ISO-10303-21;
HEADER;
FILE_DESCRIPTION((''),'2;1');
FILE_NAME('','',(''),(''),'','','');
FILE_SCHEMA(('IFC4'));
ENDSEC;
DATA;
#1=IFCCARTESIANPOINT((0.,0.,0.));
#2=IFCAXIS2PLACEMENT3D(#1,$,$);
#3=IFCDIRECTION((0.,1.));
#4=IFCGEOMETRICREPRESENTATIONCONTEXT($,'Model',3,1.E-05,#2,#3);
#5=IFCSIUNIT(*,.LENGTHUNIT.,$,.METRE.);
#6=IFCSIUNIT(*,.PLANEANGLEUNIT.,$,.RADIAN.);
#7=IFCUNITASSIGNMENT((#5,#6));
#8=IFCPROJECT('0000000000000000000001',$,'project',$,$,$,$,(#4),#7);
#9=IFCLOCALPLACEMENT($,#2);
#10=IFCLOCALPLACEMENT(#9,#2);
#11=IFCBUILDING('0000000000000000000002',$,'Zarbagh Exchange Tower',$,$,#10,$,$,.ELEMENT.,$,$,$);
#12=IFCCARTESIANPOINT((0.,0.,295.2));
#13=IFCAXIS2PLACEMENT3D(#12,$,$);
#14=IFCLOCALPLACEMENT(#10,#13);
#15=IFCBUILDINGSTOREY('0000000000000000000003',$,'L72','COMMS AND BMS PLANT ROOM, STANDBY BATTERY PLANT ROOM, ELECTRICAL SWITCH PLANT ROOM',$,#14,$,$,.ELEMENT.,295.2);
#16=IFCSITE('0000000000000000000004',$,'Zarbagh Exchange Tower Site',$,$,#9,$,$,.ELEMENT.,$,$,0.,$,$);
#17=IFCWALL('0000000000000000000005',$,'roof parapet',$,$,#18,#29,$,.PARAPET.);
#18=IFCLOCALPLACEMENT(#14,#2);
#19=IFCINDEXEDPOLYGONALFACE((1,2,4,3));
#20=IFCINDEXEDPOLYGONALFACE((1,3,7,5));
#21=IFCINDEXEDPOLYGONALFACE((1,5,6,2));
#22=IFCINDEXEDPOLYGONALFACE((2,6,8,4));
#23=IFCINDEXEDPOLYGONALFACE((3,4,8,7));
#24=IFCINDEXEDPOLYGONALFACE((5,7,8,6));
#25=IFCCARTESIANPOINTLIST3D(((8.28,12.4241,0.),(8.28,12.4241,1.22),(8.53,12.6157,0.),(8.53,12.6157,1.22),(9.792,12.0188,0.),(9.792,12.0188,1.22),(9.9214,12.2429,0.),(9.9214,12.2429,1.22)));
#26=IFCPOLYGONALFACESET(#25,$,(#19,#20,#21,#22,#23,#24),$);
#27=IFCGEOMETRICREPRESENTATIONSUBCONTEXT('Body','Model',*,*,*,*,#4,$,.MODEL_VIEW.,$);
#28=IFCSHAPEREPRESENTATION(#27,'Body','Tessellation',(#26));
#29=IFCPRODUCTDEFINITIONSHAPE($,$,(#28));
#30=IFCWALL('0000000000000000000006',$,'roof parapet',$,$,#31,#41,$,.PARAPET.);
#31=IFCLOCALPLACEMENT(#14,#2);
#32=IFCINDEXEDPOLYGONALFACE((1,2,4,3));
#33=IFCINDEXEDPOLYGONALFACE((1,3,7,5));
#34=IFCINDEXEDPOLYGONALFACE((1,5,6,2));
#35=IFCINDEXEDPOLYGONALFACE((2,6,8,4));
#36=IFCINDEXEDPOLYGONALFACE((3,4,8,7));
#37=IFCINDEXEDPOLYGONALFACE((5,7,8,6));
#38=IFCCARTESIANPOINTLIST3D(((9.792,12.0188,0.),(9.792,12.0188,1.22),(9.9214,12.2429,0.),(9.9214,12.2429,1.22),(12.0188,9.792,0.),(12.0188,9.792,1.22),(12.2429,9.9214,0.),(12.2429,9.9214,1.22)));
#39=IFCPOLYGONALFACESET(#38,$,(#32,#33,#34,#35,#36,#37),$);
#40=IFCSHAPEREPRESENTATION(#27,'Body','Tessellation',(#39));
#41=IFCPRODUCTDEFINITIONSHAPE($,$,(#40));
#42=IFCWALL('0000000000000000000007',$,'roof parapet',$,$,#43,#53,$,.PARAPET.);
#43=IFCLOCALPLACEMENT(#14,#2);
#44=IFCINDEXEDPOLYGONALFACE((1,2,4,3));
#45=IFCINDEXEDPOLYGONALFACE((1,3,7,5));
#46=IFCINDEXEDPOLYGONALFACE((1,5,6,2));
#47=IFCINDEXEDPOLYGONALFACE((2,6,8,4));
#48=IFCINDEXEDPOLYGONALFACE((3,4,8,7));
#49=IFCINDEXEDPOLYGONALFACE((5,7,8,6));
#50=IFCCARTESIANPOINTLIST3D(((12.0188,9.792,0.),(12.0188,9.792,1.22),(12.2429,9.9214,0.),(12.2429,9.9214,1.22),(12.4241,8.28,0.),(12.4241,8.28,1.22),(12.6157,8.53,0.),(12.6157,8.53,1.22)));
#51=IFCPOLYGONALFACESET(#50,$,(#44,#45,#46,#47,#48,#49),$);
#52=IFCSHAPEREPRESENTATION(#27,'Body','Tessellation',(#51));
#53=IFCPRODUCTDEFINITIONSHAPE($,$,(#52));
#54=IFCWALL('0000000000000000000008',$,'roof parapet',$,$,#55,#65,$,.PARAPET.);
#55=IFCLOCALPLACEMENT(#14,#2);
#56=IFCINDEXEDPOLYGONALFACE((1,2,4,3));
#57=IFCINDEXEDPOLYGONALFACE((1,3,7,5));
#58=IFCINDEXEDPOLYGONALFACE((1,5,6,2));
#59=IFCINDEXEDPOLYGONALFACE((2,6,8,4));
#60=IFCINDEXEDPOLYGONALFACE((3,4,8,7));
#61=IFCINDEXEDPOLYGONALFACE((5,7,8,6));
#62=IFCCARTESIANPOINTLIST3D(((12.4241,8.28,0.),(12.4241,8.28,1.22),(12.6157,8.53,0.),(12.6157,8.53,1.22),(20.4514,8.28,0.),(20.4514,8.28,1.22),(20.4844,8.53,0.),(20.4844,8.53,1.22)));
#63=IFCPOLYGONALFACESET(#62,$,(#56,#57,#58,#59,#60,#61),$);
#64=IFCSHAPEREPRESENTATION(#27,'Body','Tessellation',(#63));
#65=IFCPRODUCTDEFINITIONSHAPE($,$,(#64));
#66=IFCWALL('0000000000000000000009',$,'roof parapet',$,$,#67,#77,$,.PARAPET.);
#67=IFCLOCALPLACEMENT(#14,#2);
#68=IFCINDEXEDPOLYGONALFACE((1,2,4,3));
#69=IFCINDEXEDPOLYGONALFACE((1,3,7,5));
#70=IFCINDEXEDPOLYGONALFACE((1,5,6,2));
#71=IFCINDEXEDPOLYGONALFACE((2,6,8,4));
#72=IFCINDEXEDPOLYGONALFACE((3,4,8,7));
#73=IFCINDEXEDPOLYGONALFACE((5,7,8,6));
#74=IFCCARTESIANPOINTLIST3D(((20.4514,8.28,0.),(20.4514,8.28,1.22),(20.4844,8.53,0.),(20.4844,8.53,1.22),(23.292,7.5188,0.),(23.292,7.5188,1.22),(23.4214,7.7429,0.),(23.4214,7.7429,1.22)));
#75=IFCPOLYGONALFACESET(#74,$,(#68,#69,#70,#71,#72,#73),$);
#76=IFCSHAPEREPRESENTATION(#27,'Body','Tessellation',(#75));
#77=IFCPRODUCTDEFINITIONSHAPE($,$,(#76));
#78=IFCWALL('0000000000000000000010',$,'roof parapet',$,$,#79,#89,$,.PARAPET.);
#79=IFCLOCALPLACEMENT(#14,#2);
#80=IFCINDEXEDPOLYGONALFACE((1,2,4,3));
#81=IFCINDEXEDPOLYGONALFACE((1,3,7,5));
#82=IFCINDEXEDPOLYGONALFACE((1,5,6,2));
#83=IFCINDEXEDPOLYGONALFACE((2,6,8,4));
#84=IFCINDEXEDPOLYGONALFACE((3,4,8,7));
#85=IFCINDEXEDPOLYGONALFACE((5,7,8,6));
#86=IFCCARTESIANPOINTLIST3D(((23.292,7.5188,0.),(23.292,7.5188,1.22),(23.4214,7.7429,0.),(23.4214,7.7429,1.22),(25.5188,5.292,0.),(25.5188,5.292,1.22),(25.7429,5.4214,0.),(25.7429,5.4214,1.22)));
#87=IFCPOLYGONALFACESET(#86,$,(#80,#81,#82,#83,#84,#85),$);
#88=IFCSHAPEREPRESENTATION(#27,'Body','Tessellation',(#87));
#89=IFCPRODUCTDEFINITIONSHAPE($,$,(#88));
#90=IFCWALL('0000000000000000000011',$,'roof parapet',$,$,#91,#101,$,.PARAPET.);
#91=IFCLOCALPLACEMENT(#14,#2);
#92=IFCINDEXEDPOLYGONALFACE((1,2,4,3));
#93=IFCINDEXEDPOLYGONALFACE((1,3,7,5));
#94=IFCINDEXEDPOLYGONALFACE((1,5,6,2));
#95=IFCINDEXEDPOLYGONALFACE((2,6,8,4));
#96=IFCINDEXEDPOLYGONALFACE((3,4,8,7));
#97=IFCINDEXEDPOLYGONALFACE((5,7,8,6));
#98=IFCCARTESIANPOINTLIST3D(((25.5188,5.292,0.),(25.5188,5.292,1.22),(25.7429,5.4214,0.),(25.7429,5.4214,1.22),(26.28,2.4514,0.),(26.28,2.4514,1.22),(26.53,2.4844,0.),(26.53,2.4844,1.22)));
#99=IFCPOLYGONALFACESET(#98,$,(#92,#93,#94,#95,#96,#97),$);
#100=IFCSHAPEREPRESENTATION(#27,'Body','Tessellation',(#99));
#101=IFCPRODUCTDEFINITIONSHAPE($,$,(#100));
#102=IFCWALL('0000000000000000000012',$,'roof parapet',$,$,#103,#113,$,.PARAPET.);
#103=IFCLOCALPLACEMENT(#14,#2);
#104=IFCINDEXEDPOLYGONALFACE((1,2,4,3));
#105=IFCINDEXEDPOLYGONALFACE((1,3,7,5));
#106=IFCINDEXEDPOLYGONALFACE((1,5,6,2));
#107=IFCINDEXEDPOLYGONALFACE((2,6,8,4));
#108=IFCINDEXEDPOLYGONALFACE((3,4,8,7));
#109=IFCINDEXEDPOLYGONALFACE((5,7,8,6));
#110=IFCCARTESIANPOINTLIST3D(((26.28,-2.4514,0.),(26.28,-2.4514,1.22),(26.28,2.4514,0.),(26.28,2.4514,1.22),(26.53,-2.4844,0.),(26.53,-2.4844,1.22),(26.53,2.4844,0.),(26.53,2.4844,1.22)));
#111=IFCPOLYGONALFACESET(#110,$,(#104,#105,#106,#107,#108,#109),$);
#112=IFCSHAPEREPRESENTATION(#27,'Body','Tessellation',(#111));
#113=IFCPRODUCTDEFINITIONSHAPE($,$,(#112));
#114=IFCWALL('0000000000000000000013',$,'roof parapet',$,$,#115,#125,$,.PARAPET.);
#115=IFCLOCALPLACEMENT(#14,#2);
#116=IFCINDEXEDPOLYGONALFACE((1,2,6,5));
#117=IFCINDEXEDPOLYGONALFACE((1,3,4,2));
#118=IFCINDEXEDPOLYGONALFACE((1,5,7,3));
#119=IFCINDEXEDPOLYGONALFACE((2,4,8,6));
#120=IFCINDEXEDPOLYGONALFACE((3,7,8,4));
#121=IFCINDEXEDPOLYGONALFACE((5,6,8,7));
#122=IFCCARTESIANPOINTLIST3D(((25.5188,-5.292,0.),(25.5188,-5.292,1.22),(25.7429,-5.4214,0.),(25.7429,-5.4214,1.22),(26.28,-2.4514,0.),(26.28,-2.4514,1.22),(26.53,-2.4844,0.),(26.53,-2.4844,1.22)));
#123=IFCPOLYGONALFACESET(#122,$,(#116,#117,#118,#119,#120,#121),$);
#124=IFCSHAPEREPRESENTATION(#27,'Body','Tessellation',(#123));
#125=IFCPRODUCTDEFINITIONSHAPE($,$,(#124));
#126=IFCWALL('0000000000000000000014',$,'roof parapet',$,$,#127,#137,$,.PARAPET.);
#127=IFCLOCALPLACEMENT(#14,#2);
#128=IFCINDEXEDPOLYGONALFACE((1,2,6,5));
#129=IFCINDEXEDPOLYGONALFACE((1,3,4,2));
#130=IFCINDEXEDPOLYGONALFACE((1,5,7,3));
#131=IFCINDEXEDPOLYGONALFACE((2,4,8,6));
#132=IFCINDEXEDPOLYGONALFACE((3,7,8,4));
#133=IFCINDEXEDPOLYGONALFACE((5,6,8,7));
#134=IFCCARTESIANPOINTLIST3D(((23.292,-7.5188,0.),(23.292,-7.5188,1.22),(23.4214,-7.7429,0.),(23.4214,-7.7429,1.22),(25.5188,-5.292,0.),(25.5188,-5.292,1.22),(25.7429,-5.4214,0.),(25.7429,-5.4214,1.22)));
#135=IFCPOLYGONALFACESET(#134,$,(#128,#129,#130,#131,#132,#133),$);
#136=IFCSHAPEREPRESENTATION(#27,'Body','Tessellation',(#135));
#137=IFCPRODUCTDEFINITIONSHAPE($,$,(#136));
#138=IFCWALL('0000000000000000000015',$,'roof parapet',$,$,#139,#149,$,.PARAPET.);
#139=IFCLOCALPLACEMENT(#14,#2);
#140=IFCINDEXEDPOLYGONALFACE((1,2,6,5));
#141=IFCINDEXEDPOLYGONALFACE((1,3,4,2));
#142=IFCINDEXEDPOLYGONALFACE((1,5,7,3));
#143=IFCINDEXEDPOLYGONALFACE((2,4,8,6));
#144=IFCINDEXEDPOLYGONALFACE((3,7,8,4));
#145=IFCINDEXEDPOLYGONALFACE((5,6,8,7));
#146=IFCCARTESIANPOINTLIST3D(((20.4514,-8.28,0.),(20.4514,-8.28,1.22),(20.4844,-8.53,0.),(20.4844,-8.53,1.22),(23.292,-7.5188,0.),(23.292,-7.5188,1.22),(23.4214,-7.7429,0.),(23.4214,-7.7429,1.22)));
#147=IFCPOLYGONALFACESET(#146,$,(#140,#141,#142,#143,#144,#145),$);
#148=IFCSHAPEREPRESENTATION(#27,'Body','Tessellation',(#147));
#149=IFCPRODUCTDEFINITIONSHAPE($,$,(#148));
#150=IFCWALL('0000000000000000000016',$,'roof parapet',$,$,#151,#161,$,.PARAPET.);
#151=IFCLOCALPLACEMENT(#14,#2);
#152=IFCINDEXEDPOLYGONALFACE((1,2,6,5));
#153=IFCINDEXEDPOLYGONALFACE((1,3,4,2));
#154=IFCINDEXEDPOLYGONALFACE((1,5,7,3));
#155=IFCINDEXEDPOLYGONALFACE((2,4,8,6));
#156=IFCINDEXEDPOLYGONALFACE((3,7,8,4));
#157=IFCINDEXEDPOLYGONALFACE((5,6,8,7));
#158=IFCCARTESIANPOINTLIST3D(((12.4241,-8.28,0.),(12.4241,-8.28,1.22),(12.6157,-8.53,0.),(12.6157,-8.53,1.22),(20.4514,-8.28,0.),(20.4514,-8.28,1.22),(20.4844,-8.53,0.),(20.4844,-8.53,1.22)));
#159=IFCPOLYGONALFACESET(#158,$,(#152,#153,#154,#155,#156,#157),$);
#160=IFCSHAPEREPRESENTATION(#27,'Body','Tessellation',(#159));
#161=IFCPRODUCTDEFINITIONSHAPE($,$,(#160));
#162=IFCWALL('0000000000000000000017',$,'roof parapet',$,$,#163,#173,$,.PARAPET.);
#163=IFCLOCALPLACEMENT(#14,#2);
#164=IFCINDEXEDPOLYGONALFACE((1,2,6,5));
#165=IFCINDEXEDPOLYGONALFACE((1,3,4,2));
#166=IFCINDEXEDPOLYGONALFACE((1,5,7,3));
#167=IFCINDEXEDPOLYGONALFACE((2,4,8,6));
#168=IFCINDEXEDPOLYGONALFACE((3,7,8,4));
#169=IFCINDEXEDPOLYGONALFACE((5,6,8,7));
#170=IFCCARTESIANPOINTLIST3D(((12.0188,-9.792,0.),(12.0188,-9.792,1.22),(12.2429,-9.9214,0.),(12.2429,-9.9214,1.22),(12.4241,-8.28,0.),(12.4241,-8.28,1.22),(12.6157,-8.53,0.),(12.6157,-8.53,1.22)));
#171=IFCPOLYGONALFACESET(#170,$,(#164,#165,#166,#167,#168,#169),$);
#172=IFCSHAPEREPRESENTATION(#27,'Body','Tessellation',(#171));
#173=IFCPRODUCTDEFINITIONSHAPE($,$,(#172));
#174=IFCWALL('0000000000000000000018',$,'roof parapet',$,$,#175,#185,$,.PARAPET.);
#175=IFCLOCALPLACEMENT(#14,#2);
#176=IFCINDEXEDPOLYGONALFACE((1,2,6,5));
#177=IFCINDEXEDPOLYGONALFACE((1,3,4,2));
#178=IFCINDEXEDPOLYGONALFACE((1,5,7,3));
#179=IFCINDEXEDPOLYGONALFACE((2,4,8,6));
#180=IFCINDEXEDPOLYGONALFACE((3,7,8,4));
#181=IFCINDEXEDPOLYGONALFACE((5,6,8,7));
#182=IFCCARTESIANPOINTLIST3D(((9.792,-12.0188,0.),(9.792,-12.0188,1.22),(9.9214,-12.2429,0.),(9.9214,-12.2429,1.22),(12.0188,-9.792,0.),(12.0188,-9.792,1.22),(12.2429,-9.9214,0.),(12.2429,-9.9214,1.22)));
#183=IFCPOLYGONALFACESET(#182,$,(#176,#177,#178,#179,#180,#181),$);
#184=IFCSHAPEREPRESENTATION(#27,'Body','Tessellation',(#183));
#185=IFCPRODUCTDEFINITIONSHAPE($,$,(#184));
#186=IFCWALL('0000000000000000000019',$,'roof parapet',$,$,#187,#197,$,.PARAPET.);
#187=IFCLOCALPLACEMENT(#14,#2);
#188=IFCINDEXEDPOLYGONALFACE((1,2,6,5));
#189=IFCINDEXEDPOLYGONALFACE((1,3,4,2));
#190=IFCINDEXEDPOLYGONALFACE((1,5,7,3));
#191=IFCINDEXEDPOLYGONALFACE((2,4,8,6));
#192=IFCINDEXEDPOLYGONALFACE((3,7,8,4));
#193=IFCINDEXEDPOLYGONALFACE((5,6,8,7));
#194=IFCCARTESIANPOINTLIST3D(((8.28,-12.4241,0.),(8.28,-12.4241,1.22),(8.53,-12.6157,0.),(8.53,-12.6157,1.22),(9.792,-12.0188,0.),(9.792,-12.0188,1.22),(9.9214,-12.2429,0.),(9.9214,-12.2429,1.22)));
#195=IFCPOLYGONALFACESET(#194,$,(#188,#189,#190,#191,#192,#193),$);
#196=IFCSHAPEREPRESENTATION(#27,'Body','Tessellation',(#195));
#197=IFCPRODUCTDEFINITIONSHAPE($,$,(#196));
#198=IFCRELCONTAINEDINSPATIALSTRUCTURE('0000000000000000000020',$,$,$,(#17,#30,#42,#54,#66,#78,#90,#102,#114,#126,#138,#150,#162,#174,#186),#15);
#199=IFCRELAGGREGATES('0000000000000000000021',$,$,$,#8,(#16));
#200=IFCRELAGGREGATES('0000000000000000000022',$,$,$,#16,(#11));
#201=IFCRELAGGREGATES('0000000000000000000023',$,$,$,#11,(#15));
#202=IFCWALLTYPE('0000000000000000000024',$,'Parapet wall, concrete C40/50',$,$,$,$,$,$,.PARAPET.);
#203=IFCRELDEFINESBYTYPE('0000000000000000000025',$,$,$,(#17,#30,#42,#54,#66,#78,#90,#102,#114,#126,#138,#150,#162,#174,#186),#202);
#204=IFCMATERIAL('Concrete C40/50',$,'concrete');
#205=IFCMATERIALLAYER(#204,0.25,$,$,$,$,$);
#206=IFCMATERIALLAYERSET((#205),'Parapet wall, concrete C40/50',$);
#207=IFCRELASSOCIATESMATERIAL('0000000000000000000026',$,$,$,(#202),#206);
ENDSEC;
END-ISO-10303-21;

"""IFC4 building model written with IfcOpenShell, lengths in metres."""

from ifc_helpers import new_model, si_unit, direction, frame, origin, place, context, subcontext, project, spatial, polyline, outline, extrude, material, layer, layer_set, type_object, element, save


model = new_model("IFC4")

# Units and contexts
model_context = context("Model", 3, precision=1e-05, world=origin(), true_north=direction((0.0, 1.0)))
body_context = subcontext(model_context, "Body", "Model", "MODEL_VIEW")
ifc_project = project(units=[si_unit("LENGTHUNIT", "METRE"), si_unit("PLANEANGLEUNIT", "RADIAN")], contexts=[model_context])

# Site, building, storey
site_placement = place(None, origin())
site = spatial("IfcSite", under=ifc_project, at=site_placement, Name="Zarbagh Exchange Tower Site", CompositionType="ELEMENT", RefElevation=0.0)
building_placement = place(site_placement, origin())
building = spatial("IfcBuilding", under=site, at=building_placement, Name="Zarbagh Exchange Tower", CompositionType="ELEMENT")
storey_placement = place(building_placement, frame((0.0, 0.0, 295.2)))
storey = spatial("IfcBuildingStorey", under=building, at=storey_placement, Name="L72", Description="COMMS AND BMS PLANT ROOM, STANDBY BATTERY PLANT ROOM, ELECTRICAL SWITCH PLANT ROOM", CompositionType="ELEMENT", Elevation=295.2)

# Walls
ifc_material_1 = material(Name="Concrete C40/50", Category="concrete")
ifc_layer_1 = layer(ifc_material_1, 0.25)
ifc_layer_set_1 = layer_set([ifc_layer_1], Name="Parapet wall, concrete C40/50")
wall_type = type_object("IfcWallType", Name="Parapet wall, concrete C40/50", PredefinedType="PARAPET", material=ifc_layer_set_1)
wall_1_placement = place(storey_placement, origin())
element("IfcWall", 1, at=wall_1_placement, inside=storey, type_object=wall_type, Name="roof parapet", PredefinedType="PARAPET", context=body_context, shape_type="SweptSolid", body=[
    extrude(outline(polyline([(8.53, 12.6157), (9.9214, 12.2429), (9.792, 12.0188), (8.28, 12.4241), (8.53, 12.6157)])), origin(), (0.0, 0.0, 1.0), 1.22),
])
wall_2_placement = place(storey_placement, origin())
element("IfcWall", 2, at=wall_2_placement, inside=storey, type_object=wall_type, Name="roof parapet", PredefinedType="PARAPET", context=body_context, shape_type="SweptSolid", body=[
    extrude(outline(polyline([(9.9214, 12.2429), (12.2429, 9.9214), (12.0188, 9.792), (9.792, 12.0188), (9.9214, 12.2429)])), origin(), (0.0, 0.0, 1.0), 1.22),
])
wall_3_placement = place(storey_placement, origin())
element("IfcWall", 3, at=wall_3_placement, inside=storey, type_object=wall_type, Name="roof parapet", PredefinedType="PARAPET", context=body_context, shape_type="SweptSolid", body=[
    extrude(outline(polyline([(12.2429, 9.9214), (12.6157, 8.53), (12.4241, 8.28), (12.0188, 9.792), (12.2429, 9.9214)])), origin(), (0.0, 0.0, 1.0), 1.22),
])
wall_4_placement = place(storey_placement, origin())
element("IfcWall", 4, at=wall_4_placement, inside=storey, type_object=wall_type, Name="roof parapet", PredefinedType="PARAPET", context=body_context, shape_type="SweptSolid", body=[
    extrude(outline(polyline([(12.6157, 8.53), (20.4844, 8.53), (20.4514, 8.28), (12.4241, 8.28), (12.6157, 8.53)])), origin(), (0.0, 0.0, 1.0), 1.22),
])
wall_5_placement = place(storey_placement, origin())
element("IfcWall", 5, at=wall_5_placement, inside=storey, type_object=wall_type, Name="roof parapet", PredefinedType="PARAPET", context=body_context, shape_type="SweptSolid", body=[
    extrude(outline(polyline([(20.4844, 8.53), (23.4214, 7.7429), (23.292, 7.5188), (20.4514, 8.28), (20.4844, 8.53)])), origin(), (0.0, 0.0, 1.0), 1.22),
])
wall_6_placement = place(storey_placement, origin())
element("IfcWall", 6, at=wall_6_placement, inside=storey, type_object=wall_type, Name="roof parapet", PredefinedType="PARAPET", context=body_context, shape_type="SweptSolid", body=[
    extrude(outline(polyline([(23.4214, 7.7429), (25.7429, 5.4214), (25.5188, 5.292), (23.292, 7.5188), (23.4214, 7.7429)])), origin(), (0.0, 0.0, 1.0), 1.22),
])
wall_7_placement = place(storey_placement, origin())
element("IfcWall", 7, at=wall_7_placement, inside=storey, type_object=wall_type, Name="roof parapet", PredefinedType="PARAPET", context=body_context, shape_type="SweptSolid", body=[
    extrude(outline(polyline([(25.7429, 5.4214), (26.53, 2.4844), (26.28, 2.4514), (25.5188, 5.292), (25.7429, 5.4214)])), origin(), (0.0, 0.0, 1.0), 1.22),
])
wall_8_placement = place(storey_placement, origin())
element("IfcWall", 8, at=wall_8_placement, inside=storey, type_object=wall_type, Name="roof parapet", PredefinedType="PARAPET", context=body_context, shape_type="SweptSolid", body=[
    extrude(outline(polyline([(26.53, 2.4844), (26.53, -2.4844), (26.28, -2.4514), (26.28, 2.4514), (26.53, 2.4844)])), origin(), (0.0, 0.0, 1.0), 1.22),
])
wall_9_placement = place(storey_placement, origin())
element("IfcWall", 9, at=wall_9_placement, inside=storey, type_object=wall_type, Name="roof parapet", PredefinedType="PARAPET", context=body_context, shape_type="SweptSolid", body=[
    extrude(outline(polyline([(26.53, -2.4844), (25.7429, -5.4214), (25.5188, -5.292), (26.28, -2.4514), (26.53, -2.4844)])), origin(), (0.0, 0.0, 1.0), 1.22),
])
wall_10_placement = place(storey_placement, origin())
element("IfcWall", 10, at=wall_10_placement, inside=storey, type_object=wall_type, Name="roof parapet", PredefinedType="PARAPET", context=body_context, shape_type="SweptSolid", body=[
    extrude(outline(polyline([(25.7429, -5.4214), (23.4214, -7.7429), (23.292, -7.5188), (25.5188, -5.292), (25.7429, -5.4214)])), origin(), (0.0, 0.0, 1.0), 1.22),
])
wall_11_placement = place(storey_placement, origin())
element("IfcWall", 11, at=wall_11_placement, inside=storey, type_object=wall_type, Name="roof parapet", PredefinedType="PARAPET", context=body_context, shape_type="SweptSolid", body=[
    extrude(outline(polyline([(23.4214, -7.7429), (20.4844, -8.53), (20.4514, -8.28), (23.292, -7.5188), (23.4214, -7.7429)])), origin(), (0.0, 0.0, 1.0), 1.22),
])
wall_12_placement = place(storey_placement, origin())
element("IfcWall", 12, at=wall_12_placement, inside=storey, type_object=wall_type, Name="roof parapet", PredefinedType="PARAPET", context=body_context, shape_type="SweptSolid", body=[
    extrude(outline(polyline([(20.4844, -8.53), (12.6157, -8.53), (12.4241, -8.28), (20.4514, -8.28), (20.4844, -8.53)])), origin(), (0.0, 0.0, 1.0), 1.22),
])
wall_13_placement = place(storey_placement, origin())
element("IfcWall", 13, at=wall_13_placement, inside=storey, type_object=wall_type, Name="roof parapet", PredefinedType="PARAPET", context=body_context, shape_type="SweptSolid", body=[
    extrude(outline(polyline([(12.6157, -8.53), (12.2429, -9.9214), (12.0188, -9.792), (12.4241, -8.28), (12.6157, -8.53)])), origin(), (0.0, 0.0, 1.0), 1.22),
])
wall_14_placement = place(storey_placement, origin())
element("IfcWall", 14, at=wall_14_placement, inside=storey, type_object=wall_type, Name="roof parapet", PredefinedType="PARAPET", context=body_context, shape_type="SweptSolid", body=[
    extrude(outline(polyline([(12.2429, -9.9214), (9.9214, -12.2429), (9.792, -12.0188), (12.0188, -9.792), (12.2429, -9.9214)])), origin(), (0.0, 0.0, 1.0), 1.22),
])
wall_15_placement = place(storey_placement, origin())
element("IfcWall", 15, at=wall_15_placement, inside=storey, type_object=wall_type, Name="roof parapet", PredefinedType="PARAPET", context=body_context, shape_type="SweptSolid", body=[
    extrude(outline(polyline([(9.9214, -12.2429), (8.53, -12.6157), (8.28, -12.4241), (9.792, -12.0188), (9.9214, -12.2429)])), origin(), (0.0, 0.0, 1.0), 1.22),
])

save(model, "model.ifc")
